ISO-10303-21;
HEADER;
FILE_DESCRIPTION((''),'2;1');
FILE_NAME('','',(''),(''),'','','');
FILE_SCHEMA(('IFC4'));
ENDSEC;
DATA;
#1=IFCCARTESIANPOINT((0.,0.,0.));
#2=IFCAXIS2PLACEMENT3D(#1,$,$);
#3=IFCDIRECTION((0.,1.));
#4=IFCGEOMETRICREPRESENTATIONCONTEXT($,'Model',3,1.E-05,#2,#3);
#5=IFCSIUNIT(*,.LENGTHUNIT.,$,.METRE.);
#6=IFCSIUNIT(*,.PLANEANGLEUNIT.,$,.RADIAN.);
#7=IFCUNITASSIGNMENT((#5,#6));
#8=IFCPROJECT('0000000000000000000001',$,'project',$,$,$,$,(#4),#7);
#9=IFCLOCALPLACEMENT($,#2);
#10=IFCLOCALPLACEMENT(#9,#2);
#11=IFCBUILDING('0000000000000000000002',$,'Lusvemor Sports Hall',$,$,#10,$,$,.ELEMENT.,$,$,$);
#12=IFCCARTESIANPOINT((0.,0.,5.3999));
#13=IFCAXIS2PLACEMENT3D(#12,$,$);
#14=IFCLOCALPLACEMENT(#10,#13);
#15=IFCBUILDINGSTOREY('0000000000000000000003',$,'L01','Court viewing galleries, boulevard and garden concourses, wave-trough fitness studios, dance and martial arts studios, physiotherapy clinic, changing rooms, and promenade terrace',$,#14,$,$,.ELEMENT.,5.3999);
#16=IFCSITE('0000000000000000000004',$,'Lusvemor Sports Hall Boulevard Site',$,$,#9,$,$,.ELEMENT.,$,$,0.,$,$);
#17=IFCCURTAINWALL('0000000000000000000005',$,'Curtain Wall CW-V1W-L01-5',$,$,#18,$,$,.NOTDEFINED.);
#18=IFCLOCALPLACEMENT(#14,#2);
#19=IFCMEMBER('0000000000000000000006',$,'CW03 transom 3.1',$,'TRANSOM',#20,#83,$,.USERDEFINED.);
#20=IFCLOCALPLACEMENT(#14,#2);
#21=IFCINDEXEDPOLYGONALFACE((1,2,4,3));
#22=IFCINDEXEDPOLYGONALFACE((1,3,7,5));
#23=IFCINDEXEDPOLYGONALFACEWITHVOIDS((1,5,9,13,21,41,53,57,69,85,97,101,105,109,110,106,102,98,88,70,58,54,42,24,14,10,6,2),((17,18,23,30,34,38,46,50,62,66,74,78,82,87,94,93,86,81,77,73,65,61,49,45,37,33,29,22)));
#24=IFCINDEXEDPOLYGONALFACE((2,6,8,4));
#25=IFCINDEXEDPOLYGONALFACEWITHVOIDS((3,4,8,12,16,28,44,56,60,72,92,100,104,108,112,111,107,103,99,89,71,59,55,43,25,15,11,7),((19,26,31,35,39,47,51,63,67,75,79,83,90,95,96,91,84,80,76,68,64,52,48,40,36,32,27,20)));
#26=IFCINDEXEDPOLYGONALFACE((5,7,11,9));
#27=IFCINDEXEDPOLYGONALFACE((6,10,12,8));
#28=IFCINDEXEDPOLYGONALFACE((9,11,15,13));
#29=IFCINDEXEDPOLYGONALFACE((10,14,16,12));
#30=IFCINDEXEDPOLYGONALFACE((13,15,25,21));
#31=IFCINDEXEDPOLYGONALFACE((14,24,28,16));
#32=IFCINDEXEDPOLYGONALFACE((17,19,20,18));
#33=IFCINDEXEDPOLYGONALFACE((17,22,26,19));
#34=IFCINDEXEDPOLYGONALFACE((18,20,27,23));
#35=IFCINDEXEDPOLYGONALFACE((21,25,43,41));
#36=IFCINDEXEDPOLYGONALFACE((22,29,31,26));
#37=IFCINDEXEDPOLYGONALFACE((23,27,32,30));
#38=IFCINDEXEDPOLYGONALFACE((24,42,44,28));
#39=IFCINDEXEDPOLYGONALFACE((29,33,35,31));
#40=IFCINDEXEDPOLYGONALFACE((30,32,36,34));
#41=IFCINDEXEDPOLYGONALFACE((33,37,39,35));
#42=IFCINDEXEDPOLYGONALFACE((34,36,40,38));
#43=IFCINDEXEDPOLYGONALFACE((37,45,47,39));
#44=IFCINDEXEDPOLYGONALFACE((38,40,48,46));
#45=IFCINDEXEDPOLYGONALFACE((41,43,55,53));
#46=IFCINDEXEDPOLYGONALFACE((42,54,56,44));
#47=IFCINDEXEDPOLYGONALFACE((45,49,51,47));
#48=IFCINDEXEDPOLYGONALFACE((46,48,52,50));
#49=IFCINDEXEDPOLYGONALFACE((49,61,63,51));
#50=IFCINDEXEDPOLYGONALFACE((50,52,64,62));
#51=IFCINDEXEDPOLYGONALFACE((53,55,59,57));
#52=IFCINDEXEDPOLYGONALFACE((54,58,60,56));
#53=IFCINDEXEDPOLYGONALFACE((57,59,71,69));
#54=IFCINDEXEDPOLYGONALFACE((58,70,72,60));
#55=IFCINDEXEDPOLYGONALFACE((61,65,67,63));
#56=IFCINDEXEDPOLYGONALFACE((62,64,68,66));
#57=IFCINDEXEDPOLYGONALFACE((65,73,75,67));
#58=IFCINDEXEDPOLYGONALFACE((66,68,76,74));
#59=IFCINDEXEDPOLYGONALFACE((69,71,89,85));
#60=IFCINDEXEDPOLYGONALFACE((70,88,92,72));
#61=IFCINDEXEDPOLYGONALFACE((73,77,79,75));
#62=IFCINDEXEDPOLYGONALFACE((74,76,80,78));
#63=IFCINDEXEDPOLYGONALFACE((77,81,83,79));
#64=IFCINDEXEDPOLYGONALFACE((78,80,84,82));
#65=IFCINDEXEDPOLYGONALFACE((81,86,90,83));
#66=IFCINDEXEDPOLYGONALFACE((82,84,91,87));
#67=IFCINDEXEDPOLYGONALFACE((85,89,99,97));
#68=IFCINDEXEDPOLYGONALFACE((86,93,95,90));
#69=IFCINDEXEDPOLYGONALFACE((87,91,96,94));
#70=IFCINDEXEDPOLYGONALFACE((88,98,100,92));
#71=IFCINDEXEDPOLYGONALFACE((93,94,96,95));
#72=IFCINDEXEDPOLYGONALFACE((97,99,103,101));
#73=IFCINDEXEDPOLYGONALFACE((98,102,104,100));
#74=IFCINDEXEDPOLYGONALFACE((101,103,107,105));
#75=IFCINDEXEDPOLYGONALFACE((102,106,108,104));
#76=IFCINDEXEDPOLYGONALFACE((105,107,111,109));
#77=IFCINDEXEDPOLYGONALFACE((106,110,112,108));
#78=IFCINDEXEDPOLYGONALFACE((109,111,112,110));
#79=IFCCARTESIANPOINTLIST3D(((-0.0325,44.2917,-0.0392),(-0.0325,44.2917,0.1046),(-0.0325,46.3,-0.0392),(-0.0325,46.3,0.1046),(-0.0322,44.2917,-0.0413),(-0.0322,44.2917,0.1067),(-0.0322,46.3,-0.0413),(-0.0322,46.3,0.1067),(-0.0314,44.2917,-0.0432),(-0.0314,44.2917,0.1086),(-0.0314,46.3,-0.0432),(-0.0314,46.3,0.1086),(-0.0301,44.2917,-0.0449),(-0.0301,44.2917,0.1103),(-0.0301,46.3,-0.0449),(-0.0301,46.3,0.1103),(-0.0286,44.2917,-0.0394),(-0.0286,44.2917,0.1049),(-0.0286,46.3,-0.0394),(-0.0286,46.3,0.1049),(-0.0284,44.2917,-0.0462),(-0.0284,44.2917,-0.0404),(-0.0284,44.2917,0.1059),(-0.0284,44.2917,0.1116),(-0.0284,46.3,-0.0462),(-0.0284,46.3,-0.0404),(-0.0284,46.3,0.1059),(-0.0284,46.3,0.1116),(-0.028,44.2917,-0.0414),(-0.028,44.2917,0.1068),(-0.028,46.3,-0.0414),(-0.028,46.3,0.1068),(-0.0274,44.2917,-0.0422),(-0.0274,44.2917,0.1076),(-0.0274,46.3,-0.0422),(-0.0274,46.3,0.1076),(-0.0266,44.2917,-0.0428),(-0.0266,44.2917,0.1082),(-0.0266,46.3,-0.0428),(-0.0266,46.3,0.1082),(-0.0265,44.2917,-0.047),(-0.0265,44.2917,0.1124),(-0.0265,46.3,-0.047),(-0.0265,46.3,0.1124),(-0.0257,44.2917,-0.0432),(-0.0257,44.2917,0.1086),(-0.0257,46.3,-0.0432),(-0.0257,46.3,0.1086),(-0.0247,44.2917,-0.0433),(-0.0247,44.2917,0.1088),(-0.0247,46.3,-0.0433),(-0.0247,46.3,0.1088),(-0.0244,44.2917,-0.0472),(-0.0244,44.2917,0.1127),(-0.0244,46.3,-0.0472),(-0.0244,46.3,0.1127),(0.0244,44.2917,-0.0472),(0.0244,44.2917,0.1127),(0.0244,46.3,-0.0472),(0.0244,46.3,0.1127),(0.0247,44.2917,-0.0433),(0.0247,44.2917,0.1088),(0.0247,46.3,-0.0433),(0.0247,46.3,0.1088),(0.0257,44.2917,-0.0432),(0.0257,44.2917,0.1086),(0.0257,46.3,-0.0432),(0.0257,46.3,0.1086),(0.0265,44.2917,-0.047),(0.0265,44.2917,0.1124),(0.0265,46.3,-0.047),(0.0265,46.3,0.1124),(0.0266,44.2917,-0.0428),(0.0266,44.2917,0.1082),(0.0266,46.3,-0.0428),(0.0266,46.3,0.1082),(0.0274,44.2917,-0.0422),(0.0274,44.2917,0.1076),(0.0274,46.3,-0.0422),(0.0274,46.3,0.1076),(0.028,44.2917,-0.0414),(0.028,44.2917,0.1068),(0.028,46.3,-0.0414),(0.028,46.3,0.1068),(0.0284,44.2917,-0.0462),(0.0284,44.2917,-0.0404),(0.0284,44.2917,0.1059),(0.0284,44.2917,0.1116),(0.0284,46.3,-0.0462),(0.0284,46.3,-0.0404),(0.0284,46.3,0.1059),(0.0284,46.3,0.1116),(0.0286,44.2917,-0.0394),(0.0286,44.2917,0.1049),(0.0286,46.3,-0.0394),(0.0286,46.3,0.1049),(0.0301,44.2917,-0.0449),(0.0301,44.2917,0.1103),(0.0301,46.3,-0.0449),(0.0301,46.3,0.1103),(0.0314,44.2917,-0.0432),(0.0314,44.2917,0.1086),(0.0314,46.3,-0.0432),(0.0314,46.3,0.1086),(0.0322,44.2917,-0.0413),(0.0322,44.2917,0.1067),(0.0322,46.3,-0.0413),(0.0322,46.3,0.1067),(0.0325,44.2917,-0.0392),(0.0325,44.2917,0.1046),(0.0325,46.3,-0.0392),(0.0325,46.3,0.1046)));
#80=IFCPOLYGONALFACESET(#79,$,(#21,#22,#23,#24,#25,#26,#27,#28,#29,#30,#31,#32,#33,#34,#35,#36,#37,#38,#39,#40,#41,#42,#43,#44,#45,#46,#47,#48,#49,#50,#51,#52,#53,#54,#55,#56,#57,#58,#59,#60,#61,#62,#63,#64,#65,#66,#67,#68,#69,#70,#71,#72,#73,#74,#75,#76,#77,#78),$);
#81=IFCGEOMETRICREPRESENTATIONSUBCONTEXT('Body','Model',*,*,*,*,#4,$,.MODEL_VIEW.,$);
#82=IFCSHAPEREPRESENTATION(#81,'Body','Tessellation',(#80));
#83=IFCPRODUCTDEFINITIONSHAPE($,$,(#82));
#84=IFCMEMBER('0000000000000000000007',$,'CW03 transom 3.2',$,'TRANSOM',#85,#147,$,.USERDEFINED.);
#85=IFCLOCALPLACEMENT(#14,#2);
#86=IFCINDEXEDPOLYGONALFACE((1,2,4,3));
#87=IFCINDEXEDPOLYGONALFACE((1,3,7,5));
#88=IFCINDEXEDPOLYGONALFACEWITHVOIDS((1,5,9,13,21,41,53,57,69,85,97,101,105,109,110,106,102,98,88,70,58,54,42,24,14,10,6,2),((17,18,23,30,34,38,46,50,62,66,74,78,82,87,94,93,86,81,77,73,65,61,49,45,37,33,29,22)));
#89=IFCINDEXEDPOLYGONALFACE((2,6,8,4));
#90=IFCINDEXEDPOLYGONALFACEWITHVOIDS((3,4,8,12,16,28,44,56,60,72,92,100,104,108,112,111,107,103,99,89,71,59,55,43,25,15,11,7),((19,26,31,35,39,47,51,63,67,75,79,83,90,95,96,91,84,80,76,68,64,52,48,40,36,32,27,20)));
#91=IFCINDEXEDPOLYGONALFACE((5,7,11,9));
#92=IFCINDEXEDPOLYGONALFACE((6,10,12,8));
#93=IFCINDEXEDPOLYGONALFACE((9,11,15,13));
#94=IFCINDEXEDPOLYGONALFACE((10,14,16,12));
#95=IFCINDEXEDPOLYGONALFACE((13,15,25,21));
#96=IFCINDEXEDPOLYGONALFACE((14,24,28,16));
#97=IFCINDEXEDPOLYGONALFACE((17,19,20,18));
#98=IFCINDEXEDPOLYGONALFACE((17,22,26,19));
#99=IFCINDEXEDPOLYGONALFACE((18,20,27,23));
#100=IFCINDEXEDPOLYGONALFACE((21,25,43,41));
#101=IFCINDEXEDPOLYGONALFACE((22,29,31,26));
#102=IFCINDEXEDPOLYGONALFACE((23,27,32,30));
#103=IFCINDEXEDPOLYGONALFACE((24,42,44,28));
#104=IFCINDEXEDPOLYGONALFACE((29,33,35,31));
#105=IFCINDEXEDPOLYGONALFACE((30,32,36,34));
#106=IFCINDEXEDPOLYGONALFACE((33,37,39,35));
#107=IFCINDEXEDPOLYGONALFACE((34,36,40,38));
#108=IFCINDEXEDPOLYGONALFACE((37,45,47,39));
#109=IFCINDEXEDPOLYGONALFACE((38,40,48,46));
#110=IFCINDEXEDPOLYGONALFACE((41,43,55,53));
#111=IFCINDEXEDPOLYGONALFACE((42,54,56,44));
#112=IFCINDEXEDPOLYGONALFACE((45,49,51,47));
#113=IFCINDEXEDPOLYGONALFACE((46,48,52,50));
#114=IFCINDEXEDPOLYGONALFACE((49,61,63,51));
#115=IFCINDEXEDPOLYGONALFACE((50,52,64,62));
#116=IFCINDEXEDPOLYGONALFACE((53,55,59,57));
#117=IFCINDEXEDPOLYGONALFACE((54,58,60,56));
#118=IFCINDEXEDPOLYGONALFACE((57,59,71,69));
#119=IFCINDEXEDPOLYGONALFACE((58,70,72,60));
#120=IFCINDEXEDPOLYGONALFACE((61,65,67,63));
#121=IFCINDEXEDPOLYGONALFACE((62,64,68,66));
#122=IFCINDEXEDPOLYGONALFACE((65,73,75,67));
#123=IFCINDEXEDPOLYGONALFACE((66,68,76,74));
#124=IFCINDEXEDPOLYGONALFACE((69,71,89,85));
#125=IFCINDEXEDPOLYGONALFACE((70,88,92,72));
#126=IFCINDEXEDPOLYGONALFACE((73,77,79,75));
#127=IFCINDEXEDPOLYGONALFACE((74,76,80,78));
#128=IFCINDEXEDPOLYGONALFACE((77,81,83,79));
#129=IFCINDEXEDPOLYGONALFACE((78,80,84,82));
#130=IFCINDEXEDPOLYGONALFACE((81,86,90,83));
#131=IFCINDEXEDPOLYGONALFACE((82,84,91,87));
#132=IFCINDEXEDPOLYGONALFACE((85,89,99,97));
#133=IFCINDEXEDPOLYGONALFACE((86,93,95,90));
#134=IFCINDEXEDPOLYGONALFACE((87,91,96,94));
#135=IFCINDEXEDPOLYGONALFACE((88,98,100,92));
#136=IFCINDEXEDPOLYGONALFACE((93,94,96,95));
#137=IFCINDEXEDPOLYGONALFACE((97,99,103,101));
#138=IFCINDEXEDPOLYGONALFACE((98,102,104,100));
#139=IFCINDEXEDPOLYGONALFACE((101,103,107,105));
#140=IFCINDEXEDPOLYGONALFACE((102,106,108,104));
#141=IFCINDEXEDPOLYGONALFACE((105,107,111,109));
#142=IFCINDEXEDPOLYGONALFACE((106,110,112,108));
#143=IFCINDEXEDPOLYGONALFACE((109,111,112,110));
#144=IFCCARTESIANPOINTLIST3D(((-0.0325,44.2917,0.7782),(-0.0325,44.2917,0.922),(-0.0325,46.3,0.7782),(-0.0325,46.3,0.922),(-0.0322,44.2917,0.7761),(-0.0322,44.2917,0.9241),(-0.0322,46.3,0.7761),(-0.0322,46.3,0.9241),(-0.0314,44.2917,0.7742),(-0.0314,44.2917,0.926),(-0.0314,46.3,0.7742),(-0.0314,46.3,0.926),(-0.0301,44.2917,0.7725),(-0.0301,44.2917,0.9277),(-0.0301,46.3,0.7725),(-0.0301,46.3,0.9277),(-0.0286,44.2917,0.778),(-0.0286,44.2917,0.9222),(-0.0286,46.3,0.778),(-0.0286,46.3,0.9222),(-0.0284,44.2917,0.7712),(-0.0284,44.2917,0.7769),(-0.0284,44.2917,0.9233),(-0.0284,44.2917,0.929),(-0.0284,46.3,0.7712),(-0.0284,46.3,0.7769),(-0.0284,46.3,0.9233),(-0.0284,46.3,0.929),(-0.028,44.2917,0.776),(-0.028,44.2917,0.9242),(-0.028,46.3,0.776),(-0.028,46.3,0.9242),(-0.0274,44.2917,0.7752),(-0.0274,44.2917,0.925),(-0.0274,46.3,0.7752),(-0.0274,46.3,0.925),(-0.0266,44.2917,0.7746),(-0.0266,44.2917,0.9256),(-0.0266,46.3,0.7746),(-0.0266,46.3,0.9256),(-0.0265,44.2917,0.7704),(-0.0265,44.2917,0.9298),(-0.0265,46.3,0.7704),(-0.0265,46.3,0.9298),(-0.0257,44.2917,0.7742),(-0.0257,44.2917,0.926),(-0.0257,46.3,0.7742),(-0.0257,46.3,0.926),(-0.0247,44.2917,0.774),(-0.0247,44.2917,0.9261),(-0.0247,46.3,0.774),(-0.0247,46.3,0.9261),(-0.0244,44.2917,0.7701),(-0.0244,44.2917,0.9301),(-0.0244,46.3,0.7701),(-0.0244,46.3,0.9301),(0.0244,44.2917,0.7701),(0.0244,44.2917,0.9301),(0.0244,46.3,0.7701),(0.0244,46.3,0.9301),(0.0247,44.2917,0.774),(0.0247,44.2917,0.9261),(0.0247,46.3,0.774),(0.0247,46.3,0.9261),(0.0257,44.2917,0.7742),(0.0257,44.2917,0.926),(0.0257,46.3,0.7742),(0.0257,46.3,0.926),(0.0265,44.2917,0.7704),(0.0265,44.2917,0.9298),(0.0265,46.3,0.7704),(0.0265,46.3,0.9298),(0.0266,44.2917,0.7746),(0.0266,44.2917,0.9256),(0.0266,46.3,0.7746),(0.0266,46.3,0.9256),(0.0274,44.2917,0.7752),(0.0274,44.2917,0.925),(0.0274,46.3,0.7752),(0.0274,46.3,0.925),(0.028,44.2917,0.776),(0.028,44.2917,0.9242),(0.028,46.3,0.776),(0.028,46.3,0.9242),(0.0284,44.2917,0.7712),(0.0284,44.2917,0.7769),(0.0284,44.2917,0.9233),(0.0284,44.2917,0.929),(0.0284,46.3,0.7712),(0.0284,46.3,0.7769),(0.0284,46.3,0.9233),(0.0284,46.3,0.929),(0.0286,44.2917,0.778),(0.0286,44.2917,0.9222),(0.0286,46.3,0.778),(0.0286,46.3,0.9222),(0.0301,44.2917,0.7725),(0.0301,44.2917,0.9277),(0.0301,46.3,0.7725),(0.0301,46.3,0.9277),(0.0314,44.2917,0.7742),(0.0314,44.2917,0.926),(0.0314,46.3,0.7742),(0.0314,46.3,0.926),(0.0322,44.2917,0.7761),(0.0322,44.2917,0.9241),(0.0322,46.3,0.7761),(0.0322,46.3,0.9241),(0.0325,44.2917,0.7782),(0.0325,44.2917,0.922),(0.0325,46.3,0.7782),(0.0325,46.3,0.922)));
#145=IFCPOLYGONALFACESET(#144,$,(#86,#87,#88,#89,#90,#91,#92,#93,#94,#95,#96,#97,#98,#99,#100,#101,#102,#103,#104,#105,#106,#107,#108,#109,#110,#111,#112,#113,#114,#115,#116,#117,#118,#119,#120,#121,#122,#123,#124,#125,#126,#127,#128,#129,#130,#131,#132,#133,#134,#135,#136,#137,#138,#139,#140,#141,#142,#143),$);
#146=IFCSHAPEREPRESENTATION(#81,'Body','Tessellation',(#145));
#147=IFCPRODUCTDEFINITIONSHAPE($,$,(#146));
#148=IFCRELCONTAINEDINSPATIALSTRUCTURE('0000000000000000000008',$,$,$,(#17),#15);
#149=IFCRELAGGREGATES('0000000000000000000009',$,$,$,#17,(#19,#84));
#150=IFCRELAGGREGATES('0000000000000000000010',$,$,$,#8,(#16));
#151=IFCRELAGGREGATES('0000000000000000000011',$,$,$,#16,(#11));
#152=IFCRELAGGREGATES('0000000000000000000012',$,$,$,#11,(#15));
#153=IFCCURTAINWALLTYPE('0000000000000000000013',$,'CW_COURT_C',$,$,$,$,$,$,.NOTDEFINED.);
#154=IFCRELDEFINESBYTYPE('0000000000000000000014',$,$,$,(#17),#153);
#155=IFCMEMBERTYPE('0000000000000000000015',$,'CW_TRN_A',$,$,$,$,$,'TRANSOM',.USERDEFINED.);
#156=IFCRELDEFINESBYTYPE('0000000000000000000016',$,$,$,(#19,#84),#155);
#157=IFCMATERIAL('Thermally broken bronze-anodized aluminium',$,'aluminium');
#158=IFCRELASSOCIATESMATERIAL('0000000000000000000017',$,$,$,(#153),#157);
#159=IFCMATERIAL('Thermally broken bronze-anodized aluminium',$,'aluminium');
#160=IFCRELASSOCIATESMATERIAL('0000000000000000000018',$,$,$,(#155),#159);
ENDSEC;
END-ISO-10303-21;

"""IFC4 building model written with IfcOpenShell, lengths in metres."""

from ifc_helpers import new_model, si_unit, direction, frame, origin, origin_2d, place, context, subcontext, project, spatial, hollow_rectangle, extrude, material, material_profile, profile_set, type_object, element, aggregate, save


model = new_model("IFC4")

# Units and contexts
model_context = context("Model", 3, precision=1e-05, world=origin(), true_north=direction((0.0, 1.0)))
body_context = subcontext(model_context, "Body", "Model", "MODEL_VIEW")
ifc_project = project(units=[si_unit("LENGTHUNIT", "METRE"), si_unit("PLANEANGLEUNIT", "RADIAN")], contexts=[model_context])

# Site, building, storey
site_placement = place(None, origin())
site = spatial("IfcSite", under=ifc_project, at=site_placement, Name="Lusvemor Sports Hall Boulevard Site", CompositionType="ELEMENT", RefElevation=0.0)
building_placement = place(site_placement, origin())
building = spatial("IfcBuilding", under=site, at=building_placement, Name="Lusvemor Sports Hall", CompositionType="ELEMENT")
storey_placement = place(building_placement, frame((0.0, 0.0, 5.3999)))
storey = spatial("IfcBuildingStorey", under=building, at=storey_placement, Name="L01", Description="Court viewing galleries, boulevard and garden concourses, wave-trough fitness studios, dance and martial arts studios, physiotherapy clinic, changing rooms, and promenade terrace", CompositionType="ELEMENT", Elevation=5.3999)

# Curtain wall
ifc_material_1 = material(Name="Thermally broken bronze-anodized aluminium", Category="aluminium")
curtain_wall_type_1 = type_object("IfcCurtainWallType", Name="CW_COURT_C", PredefinedType="NOTDEFINED", material=ifc_material_1)
curtain_wall_1_placement = place(storey_placement, origin())
curtain_wall_1 = element("IfcCurtainWall", 1, at=curtain_wall_1_placement, inside=storey, type_object=curtain_wall_type_1, Name="Curtain Wall CW-V1W-L01-5", PredefinedType="NOTDEFINED")

# Members
ifc_material_2 = material(Name="Thermally broken bronze-anodized aluminium", Category="aluminium")
ifc_material_profile_1 = material_profile(ifc_material_2, hollow_rectangle(XDim=0.0649, YDim=0.1599, WallThickness=0.0039, InnerFilletRadius=0.0039, OuterFilletRadius=0.0081, at=origin_2d()), Name="CWTRN160x65x4")
ifc_profile_set_1 = profile_set([ifc_material_profile_1], Name="Thermally broken bronze-anodized aluminium")
member_type_1 = type_object("IfcMemberType", Name="CW_TRN_A", ElementType="TRANSOM", PredefinedType="USERDEFINED", material=ifc_profile_set_1)
member_1_placement = place(storey_placement, frame((0.0, 44.2917, 0.0327), z_axis=(0.0, 1.0, 0.0), x_axis=(-1.0, 0.0, 0.0)))
member_1 = element("IfcMember", 2, at=member_1_placement, type_object=member_type_1, Name="CW03 transom 3.1", ObjectType="TRANSOM", PredefinedType="USERDEFINED", context=body_context, shape_type="SweptSolid", body=[
    extrude(hollow_rectangle(XDim=0.0649, YDim=0.1599, WallThickness=0.0039, InnerFilletRadius=0.0039, OuterFilletRadius=0.0081, at=origin_2d()), origin(), (0.0, 0.0, 1.0), 2.0083),
])
member_2_placement = place(storey_placement, frame((0.0, 44.2917, 0.8501), z_axis=(0.0, 1.0, 0.0), x_axis=(-1.0, 0.0, 0.0)))
member_2 = element("IfcMember", 3, at=member_2_placement, type_object=member_type_1, Name="CW03 transom 3.2", ObjectType="TRANSOM", PredefinedType="USERDEFINED", context=body_context, shape_type="SweptSolid", body=[
    extrude(hollow_rectangle(XDim=0.0649, YDim=0.1599, WallThickness=0.0039, InnerFilletRadius=0.0039, OuterFilletRadius=0.0081, at=origin_2d()), origin(), (0.0, 0.0, 1.0), 2.0083),
])

aggregate(curtain_wall_1, [member_1, member_2])

save(model, "model.ifc")
